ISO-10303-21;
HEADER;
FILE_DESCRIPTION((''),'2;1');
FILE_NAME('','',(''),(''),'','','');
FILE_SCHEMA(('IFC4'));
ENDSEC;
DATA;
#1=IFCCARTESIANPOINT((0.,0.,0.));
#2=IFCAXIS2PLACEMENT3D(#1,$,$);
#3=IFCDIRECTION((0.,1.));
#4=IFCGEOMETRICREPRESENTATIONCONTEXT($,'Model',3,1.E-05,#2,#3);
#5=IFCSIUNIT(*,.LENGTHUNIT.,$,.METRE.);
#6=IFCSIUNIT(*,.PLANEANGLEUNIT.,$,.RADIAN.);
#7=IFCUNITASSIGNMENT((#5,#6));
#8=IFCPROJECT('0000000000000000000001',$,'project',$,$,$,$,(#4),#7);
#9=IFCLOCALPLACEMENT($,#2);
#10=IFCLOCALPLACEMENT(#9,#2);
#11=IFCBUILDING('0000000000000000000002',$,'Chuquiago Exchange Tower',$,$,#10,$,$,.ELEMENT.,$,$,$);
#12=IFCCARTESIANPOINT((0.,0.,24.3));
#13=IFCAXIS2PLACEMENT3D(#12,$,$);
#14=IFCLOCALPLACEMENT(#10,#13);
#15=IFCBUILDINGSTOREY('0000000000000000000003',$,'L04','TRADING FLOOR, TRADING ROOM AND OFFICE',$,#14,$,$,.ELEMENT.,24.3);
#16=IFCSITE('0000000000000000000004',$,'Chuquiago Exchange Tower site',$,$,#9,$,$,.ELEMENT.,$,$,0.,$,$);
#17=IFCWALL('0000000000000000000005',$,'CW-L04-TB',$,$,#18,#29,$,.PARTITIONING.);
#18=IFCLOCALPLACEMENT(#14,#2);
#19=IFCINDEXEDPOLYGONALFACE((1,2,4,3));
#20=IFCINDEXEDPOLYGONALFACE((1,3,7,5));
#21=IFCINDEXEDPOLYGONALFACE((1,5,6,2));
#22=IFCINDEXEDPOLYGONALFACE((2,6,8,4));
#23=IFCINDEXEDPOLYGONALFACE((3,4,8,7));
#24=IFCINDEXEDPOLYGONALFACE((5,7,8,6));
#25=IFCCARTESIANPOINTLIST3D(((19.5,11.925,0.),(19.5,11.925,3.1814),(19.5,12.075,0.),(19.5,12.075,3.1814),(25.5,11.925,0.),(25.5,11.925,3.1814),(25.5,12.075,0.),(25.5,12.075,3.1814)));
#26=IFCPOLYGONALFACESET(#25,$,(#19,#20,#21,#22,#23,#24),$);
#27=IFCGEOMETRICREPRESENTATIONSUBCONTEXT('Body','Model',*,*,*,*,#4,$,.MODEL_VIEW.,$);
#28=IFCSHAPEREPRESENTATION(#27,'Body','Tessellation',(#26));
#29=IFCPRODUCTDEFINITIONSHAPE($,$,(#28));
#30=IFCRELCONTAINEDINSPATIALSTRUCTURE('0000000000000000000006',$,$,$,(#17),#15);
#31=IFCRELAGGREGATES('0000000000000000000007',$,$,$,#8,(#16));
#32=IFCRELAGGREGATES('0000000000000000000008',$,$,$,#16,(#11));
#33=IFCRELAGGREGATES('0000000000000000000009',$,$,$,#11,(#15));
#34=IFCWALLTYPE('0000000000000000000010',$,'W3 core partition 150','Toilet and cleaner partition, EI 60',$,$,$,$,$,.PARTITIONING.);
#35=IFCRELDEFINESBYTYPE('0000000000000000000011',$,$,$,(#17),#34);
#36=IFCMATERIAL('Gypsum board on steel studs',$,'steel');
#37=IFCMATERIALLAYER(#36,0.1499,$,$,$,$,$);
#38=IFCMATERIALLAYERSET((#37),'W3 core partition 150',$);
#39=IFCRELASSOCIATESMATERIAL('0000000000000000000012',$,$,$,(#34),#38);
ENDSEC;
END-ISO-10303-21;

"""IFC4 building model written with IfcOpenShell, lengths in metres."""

from ifc_helpers import new_model, si_unit, direction, frame, frame_2d, origin, place, context, subcontext, project, spatial, rectangle, extrude, material, layer, layer_set, type_object, element, save


model = new_model("IFC4")

# Units and contexts
model_context = context("Model", 3, precision=1e-05, world=origin(), true_north=direction((0.0, 1.0)))
body_context = subcontext(model_context, "Body", "Model", "MODEL_VIEW")
ifc_project = project(units=[si_unit("LENGTHUNIT", "METRE"), si_unit("PLANEANGLEUNIT", "RADIAN")], contexts=[model_context])

# Site, building, storey
site_placement = place(None, origin())
site = spatial("IfcSite", under=ifc_project, at=site_placement, Name="Chuquiago Exchange Tower site", CompositionType="ELEMENT", RefElevation=0.0)
building_placement = place(site_placement, origin())
building = spatial("IfcBuilding", under=site, at=building_placement, Name="Chuquiago Exchange Tower", CompositionType="ELEMENT")
storey_placement = place(building_placement, frame((0.0, 0.0, 24.3)))
storey = spatial("IfcBuildingStorey", under=building, at=storey_placement, Name="L04", Description="TRADING FLOOR, TRADING ROOM AND OFFICE", CompositionType="ELEMENT", Elevation=24.3)

# Shared definitions
ifc_material_1 = material(Name="Gypsum board on steel studs", Category="steel")
ifc_layer_1 = layer(ifc_material_1, 0.1499)
ifc_layer_set_1 = layer_set([ifc_layer_1], Name="W3 core partition 150")
wall_type_1 = type_object("IfcWallType", Name="W3 core partition 150", Description="Toilet and cleaner partition, EI 60", PredefinedType="PARTITIONING", material=ifc_layer_set_1)

# Wall
wall_1_placement = place(storey_placement, frame((19.5, 12.0, 0.0), z_axis=(0.0, 0.0, 1.0), x_axis=(1.0, 0.0, 0.0)))
element("IfcWall", 1, at=wall_1_placement, inside=storey, type_object=wall_type_1, Name="CW-L04-TB", PredefinedType="PARTITIONING", context=body_context, shape_type="SweptSolid", body=[
    extrude(rectangle(XDim=6.0, YDim=0.1499, at=frame_2d((3.0, 0.0))), origin(), (0.0, 0.0, 1.0), 3.1814),
])

save(model, "model.ifc")
